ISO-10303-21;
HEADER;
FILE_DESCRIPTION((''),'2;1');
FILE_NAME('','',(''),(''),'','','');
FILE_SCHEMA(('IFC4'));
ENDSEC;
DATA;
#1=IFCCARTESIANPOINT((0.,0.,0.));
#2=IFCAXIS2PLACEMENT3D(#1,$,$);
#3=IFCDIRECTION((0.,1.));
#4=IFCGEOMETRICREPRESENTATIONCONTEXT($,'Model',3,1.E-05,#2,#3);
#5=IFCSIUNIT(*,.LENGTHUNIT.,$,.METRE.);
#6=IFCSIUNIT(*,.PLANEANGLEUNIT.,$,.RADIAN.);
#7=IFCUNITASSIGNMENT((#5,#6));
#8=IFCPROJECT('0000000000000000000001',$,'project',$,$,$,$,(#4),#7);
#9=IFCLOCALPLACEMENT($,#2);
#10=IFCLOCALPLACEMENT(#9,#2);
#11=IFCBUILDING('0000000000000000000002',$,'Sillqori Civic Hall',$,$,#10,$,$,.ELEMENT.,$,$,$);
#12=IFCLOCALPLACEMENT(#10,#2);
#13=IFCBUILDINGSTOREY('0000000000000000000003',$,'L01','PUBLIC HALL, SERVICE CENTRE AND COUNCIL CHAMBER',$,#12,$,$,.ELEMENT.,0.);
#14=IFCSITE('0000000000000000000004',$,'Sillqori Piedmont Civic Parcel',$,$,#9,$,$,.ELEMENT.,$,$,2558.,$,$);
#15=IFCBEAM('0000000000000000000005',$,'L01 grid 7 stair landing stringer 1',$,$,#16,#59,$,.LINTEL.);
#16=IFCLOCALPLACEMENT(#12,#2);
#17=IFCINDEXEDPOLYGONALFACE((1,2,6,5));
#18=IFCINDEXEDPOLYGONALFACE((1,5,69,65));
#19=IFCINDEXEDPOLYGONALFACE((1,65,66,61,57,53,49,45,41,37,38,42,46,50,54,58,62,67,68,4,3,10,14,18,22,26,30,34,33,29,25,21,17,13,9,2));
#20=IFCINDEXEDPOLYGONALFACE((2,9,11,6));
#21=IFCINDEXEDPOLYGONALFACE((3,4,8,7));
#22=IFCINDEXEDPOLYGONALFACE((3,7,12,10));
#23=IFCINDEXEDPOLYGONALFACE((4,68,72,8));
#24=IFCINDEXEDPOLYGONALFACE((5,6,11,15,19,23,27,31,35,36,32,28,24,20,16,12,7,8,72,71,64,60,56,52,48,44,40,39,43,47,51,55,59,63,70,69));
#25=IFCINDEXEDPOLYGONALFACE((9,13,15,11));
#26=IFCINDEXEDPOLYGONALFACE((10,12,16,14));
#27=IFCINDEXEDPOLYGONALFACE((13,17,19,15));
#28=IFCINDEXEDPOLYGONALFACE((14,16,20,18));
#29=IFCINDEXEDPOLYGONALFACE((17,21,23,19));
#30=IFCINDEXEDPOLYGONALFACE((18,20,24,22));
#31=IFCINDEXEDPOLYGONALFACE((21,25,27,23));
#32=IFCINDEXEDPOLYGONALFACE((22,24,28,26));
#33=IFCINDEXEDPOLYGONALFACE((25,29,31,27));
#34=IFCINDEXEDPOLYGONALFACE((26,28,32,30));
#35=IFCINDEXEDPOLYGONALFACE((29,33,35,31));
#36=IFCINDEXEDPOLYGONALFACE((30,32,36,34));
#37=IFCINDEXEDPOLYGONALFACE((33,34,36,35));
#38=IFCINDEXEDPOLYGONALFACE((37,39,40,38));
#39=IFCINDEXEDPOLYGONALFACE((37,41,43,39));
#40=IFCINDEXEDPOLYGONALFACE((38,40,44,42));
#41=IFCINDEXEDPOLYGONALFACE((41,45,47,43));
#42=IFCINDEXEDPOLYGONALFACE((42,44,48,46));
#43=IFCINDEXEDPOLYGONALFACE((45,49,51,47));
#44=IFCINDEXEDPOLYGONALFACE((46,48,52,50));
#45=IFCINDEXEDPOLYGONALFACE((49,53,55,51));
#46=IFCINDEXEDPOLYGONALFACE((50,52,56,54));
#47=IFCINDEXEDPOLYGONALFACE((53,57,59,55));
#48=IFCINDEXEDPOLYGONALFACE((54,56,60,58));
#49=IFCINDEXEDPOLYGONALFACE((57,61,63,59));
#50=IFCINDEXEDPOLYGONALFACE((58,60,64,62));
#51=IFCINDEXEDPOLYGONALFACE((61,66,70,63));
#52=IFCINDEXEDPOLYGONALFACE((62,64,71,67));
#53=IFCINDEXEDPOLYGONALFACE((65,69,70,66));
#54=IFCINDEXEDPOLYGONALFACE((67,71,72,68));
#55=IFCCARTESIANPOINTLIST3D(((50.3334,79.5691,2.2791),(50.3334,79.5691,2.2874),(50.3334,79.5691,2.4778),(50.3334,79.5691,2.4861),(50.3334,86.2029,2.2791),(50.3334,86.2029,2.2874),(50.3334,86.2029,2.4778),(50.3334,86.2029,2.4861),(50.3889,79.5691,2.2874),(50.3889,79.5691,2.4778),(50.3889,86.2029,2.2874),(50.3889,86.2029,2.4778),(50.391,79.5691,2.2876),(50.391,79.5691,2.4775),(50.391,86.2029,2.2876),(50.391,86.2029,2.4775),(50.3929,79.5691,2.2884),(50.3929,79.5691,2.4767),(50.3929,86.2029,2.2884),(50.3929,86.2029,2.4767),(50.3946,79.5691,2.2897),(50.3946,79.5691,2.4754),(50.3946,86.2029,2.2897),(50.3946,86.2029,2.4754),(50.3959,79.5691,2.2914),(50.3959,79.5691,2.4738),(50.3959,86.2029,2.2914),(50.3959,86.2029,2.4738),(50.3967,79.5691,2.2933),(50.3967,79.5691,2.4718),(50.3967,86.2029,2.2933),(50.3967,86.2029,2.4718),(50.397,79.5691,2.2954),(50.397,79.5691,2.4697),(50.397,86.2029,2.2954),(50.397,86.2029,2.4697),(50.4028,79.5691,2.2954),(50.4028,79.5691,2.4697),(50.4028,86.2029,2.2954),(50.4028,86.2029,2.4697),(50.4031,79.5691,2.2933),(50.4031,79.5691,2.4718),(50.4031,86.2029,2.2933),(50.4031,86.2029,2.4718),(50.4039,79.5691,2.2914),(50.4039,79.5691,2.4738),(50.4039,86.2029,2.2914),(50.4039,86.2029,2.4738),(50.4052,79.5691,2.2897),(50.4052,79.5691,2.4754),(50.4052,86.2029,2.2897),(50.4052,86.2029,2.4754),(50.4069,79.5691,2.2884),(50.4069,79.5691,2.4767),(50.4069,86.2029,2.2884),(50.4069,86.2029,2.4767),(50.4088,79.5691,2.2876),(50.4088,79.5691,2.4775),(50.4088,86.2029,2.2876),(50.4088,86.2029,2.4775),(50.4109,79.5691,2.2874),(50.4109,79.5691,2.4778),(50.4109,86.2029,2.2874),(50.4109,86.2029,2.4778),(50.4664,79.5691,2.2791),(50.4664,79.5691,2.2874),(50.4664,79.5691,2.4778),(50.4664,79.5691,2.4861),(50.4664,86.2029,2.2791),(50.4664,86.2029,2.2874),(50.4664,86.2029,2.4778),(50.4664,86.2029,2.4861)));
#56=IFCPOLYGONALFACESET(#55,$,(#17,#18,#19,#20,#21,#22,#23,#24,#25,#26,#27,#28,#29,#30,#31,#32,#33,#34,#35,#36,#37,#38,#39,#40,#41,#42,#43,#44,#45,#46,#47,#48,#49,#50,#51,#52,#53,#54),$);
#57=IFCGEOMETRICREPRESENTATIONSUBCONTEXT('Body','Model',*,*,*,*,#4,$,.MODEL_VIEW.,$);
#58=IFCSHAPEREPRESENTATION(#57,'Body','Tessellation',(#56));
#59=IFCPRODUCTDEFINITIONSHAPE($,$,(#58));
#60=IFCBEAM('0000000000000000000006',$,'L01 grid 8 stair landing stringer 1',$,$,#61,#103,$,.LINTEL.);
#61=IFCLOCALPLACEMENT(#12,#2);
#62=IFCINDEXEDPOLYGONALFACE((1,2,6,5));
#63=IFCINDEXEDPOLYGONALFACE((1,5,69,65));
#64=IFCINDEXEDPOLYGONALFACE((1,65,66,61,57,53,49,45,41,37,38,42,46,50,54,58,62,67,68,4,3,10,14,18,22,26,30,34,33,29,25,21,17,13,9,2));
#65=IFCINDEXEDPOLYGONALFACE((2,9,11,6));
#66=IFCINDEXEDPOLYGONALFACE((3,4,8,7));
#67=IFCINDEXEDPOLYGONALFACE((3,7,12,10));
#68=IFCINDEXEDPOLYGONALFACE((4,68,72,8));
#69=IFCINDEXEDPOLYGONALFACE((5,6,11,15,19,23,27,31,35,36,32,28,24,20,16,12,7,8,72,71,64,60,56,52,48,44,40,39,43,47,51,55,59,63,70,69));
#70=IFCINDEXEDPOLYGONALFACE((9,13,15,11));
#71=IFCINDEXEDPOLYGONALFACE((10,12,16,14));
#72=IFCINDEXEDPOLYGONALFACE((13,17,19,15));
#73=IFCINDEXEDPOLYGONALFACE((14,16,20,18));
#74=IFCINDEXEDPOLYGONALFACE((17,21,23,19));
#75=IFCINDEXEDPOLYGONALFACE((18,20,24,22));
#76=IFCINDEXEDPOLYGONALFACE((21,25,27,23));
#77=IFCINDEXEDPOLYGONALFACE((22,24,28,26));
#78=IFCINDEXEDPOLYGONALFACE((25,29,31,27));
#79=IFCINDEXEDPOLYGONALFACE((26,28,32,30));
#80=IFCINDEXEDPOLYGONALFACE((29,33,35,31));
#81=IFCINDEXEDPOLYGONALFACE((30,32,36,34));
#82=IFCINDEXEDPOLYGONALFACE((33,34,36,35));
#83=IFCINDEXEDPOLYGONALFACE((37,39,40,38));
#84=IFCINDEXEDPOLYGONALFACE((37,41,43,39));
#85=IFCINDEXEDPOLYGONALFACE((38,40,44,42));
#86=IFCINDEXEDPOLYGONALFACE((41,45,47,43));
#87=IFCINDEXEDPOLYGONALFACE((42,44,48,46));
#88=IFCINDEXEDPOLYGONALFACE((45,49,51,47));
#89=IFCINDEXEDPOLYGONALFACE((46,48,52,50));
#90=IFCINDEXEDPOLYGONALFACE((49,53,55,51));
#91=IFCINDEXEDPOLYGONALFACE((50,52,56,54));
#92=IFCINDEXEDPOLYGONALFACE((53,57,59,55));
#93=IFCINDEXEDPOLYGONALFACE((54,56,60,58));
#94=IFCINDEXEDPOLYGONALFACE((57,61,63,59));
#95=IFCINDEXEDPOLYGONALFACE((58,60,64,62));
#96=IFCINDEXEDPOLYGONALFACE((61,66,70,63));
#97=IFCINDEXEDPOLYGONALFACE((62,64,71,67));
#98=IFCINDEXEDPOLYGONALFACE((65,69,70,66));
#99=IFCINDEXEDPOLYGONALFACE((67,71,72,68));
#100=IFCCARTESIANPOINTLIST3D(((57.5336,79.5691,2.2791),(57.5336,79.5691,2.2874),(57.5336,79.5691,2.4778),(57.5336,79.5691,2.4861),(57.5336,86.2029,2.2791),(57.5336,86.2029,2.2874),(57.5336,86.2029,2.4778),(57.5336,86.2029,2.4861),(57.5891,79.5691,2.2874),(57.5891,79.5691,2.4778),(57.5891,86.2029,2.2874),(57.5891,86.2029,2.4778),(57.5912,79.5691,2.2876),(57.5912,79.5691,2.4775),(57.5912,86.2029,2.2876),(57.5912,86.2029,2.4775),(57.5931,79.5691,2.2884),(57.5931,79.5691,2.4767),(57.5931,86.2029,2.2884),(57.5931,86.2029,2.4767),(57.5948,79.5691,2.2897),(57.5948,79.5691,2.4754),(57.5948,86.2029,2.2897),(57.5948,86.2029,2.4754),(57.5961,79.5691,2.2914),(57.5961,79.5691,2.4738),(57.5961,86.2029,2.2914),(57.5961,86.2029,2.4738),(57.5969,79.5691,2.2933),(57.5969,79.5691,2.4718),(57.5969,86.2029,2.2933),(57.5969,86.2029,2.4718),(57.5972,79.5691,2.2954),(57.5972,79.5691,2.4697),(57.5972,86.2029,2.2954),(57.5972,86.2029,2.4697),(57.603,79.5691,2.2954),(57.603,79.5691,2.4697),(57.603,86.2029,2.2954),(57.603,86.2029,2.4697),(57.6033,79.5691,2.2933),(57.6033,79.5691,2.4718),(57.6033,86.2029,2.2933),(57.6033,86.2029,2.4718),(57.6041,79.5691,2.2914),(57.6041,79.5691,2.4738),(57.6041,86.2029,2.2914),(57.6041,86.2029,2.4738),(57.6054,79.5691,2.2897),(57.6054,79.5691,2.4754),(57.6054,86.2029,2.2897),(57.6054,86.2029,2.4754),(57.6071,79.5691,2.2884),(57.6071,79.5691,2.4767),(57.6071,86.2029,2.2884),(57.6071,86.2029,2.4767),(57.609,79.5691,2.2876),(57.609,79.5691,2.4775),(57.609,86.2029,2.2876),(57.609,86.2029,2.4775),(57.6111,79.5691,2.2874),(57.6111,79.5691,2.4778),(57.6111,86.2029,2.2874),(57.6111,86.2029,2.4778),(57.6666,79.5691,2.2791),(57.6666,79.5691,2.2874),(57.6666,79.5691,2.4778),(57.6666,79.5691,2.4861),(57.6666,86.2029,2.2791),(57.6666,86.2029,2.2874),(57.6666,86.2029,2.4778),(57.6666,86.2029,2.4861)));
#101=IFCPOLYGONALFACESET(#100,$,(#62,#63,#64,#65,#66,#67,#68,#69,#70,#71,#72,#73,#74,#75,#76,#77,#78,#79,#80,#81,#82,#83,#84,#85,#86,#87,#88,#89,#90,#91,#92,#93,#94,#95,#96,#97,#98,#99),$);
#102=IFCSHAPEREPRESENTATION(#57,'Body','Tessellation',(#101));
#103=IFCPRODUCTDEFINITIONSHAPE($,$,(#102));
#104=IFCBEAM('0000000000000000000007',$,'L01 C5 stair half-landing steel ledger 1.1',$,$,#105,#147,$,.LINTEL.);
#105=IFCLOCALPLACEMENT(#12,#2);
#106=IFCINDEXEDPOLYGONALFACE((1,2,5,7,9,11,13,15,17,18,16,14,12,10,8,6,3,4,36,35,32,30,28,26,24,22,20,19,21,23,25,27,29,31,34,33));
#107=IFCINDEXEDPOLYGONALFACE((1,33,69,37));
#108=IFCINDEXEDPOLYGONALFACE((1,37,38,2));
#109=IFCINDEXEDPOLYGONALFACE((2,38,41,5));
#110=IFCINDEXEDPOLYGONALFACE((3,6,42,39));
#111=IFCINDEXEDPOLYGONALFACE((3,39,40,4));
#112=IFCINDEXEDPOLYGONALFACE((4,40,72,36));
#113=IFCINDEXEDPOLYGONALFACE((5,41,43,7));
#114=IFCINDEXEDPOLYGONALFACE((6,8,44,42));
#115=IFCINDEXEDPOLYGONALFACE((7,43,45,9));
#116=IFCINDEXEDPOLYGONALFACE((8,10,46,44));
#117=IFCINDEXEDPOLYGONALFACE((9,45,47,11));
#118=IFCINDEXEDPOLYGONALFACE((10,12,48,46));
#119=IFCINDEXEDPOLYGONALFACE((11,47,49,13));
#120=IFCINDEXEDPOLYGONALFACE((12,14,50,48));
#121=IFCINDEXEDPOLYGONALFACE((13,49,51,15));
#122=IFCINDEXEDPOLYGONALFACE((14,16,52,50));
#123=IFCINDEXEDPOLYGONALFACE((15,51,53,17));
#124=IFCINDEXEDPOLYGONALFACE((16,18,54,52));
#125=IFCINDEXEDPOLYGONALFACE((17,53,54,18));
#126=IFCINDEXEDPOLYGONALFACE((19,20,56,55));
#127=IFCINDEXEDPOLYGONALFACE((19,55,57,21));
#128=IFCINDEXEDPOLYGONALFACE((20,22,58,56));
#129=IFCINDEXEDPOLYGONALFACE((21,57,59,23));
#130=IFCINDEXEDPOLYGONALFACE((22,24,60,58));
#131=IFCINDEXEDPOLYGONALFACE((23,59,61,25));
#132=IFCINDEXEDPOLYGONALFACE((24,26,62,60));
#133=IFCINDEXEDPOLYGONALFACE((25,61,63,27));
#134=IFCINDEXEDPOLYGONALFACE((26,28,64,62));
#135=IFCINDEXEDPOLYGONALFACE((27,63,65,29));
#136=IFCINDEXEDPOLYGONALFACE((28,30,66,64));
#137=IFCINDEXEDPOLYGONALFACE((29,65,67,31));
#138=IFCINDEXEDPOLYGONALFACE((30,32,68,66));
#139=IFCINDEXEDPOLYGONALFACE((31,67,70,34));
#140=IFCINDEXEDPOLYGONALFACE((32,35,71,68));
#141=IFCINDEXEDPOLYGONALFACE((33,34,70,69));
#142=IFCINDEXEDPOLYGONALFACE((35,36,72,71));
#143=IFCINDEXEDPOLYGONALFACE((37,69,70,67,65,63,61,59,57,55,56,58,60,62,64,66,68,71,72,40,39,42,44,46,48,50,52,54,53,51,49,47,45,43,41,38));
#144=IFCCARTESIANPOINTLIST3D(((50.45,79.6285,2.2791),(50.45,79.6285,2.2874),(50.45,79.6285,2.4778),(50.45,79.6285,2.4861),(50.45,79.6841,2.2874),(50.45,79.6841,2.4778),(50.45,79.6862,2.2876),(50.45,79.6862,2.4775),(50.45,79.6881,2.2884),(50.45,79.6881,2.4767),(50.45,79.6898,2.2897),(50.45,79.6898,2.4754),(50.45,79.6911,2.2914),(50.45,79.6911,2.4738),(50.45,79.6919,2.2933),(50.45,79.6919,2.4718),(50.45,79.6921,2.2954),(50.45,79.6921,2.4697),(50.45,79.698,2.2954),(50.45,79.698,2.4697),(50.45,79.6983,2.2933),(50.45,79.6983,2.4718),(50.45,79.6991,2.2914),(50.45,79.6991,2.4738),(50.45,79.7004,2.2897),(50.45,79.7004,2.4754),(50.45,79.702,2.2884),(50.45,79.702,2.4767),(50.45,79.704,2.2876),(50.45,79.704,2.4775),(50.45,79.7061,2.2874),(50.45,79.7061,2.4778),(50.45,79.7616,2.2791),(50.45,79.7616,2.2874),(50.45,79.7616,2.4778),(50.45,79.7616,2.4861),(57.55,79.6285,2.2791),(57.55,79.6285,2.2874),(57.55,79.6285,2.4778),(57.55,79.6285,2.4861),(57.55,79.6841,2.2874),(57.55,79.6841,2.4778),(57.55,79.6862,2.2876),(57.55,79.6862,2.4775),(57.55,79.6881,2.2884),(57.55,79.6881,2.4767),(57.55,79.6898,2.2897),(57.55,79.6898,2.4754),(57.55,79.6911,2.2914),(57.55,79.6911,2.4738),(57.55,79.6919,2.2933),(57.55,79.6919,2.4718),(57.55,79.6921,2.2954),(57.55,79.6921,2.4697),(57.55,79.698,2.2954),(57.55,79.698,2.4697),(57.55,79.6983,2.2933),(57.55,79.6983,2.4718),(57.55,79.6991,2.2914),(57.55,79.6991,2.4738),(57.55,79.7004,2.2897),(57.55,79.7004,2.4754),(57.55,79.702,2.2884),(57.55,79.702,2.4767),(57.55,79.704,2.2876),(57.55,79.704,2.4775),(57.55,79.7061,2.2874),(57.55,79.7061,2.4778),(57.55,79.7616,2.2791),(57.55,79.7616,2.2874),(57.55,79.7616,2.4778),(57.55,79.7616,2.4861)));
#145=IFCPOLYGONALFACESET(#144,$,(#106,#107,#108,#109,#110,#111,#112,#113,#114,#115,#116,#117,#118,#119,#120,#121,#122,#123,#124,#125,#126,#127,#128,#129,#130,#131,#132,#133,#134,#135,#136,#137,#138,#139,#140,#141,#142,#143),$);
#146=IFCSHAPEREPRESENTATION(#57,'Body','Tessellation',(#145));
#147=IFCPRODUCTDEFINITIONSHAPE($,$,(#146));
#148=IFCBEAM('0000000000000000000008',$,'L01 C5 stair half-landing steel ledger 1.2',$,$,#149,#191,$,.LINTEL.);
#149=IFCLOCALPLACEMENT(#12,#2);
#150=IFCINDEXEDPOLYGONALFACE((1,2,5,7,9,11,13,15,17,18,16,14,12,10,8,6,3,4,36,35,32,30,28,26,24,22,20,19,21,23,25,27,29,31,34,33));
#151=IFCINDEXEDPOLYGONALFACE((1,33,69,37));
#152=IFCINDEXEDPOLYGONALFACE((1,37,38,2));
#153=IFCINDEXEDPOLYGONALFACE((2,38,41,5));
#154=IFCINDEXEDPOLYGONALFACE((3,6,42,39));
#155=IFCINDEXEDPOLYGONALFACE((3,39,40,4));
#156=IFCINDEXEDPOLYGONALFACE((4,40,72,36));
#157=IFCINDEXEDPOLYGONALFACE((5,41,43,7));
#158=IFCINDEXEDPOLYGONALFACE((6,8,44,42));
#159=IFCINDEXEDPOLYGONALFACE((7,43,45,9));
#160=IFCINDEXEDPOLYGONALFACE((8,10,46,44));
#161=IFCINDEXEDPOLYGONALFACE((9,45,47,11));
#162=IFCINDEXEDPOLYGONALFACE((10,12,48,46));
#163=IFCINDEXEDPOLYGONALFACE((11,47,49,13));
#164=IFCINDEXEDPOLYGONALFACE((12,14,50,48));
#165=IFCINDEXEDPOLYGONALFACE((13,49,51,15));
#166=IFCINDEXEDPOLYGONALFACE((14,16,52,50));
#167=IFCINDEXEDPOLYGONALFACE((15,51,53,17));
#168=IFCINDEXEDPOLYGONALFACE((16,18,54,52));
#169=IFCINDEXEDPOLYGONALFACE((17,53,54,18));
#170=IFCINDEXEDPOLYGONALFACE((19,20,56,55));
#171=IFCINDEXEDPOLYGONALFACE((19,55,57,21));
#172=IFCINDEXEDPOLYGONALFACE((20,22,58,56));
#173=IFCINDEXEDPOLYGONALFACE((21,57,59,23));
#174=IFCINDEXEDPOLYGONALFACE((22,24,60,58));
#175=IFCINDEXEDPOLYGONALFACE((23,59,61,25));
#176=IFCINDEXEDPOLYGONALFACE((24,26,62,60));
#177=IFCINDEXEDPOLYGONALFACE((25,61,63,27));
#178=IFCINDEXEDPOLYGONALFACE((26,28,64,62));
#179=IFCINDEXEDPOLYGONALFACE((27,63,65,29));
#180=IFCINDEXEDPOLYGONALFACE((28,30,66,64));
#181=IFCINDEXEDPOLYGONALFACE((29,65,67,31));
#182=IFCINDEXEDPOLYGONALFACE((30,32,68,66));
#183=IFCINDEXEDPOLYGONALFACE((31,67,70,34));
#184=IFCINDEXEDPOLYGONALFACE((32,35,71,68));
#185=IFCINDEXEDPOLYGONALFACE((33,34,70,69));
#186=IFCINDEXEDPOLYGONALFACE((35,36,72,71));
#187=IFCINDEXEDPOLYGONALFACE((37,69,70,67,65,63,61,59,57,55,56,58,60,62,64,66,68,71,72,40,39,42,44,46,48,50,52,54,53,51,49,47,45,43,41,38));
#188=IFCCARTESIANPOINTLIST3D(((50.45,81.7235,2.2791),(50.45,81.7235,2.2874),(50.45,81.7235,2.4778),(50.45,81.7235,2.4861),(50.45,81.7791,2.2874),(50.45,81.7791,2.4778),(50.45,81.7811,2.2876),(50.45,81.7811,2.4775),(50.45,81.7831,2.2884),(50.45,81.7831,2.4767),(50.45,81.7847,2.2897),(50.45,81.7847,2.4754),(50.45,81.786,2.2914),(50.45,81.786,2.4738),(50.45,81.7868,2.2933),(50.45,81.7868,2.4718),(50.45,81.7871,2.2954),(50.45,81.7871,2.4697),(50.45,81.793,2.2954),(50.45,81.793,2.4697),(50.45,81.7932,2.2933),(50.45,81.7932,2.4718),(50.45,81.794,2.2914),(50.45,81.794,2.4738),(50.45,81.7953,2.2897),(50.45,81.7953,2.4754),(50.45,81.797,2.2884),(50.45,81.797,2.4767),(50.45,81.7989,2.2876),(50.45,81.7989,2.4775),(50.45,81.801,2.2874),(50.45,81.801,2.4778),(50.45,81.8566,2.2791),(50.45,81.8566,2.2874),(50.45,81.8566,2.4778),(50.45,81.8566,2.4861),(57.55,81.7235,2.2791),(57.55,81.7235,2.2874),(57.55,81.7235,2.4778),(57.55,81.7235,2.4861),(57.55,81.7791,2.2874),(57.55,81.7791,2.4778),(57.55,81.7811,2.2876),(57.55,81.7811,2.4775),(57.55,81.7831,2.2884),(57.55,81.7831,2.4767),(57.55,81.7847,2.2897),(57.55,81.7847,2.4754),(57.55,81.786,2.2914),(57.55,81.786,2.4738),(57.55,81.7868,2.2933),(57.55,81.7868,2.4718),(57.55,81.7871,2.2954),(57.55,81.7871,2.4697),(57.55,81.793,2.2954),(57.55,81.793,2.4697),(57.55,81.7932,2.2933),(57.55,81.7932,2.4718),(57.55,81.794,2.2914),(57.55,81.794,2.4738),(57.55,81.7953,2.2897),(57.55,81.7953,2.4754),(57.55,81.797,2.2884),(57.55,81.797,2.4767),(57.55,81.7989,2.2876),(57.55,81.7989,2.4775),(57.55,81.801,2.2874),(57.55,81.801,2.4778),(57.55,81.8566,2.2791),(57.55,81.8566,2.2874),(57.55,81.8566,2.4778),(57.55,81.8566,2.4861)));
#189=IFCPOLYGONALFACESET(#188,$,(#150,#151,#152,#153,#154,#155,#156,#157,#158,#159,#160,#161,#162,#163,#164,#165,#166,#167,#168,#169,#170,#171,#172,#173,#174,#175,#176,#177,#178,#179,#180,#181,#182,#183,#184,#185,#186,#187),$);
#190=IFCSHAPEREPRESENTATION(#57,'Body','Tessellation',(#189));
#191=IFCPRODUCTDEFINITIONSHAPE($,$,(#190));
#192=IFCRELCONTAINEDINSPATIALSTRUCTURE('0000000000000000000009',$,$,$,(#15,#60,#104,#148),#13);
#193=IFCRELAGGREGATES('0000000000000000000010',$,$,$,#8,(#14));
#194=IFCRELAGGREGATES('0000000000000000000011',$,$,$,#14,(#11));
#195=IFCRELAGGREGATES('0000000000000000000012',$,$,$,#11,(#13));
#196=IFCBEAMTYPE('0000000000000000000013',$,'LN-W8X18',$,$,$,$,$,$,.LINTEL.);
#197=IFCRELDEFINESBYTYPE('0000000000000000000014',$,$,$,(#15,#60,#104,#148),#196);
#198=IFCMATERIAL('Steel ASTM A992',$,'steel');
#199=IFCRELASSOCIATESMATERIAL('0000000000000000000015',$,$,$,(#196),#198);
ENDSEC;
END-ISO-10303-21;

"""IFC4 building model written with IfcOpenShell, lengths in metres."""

from ifc_helpers import new_model, si_unit, direction, frame, origin, origin_2d, place, context, subcontext, project, spatial, i_section, extrude, material, material_profile, profile_set, type_object, element, save


model = new_model("IFC4")

# Units and contexts
model_context = context("Model", 3, precision=1e-05, world=origin(), true_north=direction((0.0, 1.0)))
body_context = subcontext(model_context, "Body", "Model", "MODEL_VIEW")
ifc_project = project(units=[si_unit("LENGTHUNIT", "METRE"), si_unit("PLANEANGLEUNIT", "RADIAN")], contexts=[model_context])

# Site, building, storey
site_placement = place(None, origin())
site = spatial("IfcSite", under=ifc_project, at=site_placement, Name="Sillqori Piedmont Civic Parcel", CompositionType="ELEMENT", RefElevation=2558.0)
building_placement = place(site_placement, origin())
building = spatial("IfcBuilding", under=site, at=building_placement, Name="Sillqori Civic Hall", CompositionType="ELEMENT")
storey_placement = place(building_placement, origin())
storey = spatial("IfcBuildingStorey", under=building, at=storey_placement, Name="L01", Description="PUBLIC HALL, SERVICE CENTRE AND COUNCIL CHAMBER", CompositionType="ELEMENT", Elevation=0.0)

# Shared definitions
ifc_material_1 = material(Name="Steel ASTM A992", Category="steel")

# Beams
ifc_material_profile_1 = material_profile(ifc_material_1, i_section(OverallWidth=0.1331, OverallDepth=0.207, WebThickness=0.0059, FlangeThickness=0.0083, FilletRadius=0.0081, at=origin_2d()), Name="W8X18")
ifc_profile_set_1 = profile_set([ifc_material_profile_1], Name="Steel ASTM A992")
beam_type_1 = type_object("IfcBeamType", Name="LN-W8X18", PredefinedType="LINTEL", material=ifc_profile_set_1)
for number, where, z_axis, x_axis, name in (
    (1, (50.3999, 79.5691, 2.3826), (0.0, 1.0, 0.0), (-1.0, 0.0, 0.0), "L01 grid 7 stair landing stringer 1"),
    (2, (57.6001, 79.5691, 2.3826), (0.0, 1.0, 0.0), (-1.0, 0.0, 0.0), "L01 grid 8 stair landing stringer 1"),
):
    element("IfcBeam", number, at=place(storey_placement, frame(where, z_axis=z_axis, x_axis=x_axis)), inside=storey, type_object=beam_type_1, Name=name, PredefinedType="LINTEL", context=body_context, shape_type="SweptSolid", body=[
        extrude(i_section(OverallWidth=0.1331, OverallDepth=0.207, WebThickness=0.0059, FlangeThickness=0.0083, FilletRadius=0.0081, at=origin_2d()), origin(), (0.0, 0.0, 1.0), 6.6338),
    ])
for number, where, z_axis, x_axis, name in (
    (3, (50.45, 79.6951, 2.3826), (1.0, 0.0, 0.0), (0.0, 1.0, 0.0), "L01 C5 stair half-landing steel ledger 1.1"),
    (4, (50.45, 81.79, 2.3826), (1.0, 0.0, 0.0), (0.0, 1.0, 0.0), "L01 C5 stair half-landing steel ledger 1.2"),
):
    element("IfcBeam", number, at=place(storey_placement, frame(where, z_axis=z_axis, x_axis=x_axis)), inside=storey, type_object=beam_type_1, Name=name, PredefinedType="LINTEL", context=body_context, shape_type="SweptSolid", body=[
        extrude(i_section(OverallWidth=0.1331, OverallDepth=0.207, WebThickness=0.0059, FlangeThickness=0.0083, FilletRadius=0.0081, at=origin_2d()), origin(), (0.0, 0.0, 1.0), 7.1001),
    ])

save(model, "model.ifc")
